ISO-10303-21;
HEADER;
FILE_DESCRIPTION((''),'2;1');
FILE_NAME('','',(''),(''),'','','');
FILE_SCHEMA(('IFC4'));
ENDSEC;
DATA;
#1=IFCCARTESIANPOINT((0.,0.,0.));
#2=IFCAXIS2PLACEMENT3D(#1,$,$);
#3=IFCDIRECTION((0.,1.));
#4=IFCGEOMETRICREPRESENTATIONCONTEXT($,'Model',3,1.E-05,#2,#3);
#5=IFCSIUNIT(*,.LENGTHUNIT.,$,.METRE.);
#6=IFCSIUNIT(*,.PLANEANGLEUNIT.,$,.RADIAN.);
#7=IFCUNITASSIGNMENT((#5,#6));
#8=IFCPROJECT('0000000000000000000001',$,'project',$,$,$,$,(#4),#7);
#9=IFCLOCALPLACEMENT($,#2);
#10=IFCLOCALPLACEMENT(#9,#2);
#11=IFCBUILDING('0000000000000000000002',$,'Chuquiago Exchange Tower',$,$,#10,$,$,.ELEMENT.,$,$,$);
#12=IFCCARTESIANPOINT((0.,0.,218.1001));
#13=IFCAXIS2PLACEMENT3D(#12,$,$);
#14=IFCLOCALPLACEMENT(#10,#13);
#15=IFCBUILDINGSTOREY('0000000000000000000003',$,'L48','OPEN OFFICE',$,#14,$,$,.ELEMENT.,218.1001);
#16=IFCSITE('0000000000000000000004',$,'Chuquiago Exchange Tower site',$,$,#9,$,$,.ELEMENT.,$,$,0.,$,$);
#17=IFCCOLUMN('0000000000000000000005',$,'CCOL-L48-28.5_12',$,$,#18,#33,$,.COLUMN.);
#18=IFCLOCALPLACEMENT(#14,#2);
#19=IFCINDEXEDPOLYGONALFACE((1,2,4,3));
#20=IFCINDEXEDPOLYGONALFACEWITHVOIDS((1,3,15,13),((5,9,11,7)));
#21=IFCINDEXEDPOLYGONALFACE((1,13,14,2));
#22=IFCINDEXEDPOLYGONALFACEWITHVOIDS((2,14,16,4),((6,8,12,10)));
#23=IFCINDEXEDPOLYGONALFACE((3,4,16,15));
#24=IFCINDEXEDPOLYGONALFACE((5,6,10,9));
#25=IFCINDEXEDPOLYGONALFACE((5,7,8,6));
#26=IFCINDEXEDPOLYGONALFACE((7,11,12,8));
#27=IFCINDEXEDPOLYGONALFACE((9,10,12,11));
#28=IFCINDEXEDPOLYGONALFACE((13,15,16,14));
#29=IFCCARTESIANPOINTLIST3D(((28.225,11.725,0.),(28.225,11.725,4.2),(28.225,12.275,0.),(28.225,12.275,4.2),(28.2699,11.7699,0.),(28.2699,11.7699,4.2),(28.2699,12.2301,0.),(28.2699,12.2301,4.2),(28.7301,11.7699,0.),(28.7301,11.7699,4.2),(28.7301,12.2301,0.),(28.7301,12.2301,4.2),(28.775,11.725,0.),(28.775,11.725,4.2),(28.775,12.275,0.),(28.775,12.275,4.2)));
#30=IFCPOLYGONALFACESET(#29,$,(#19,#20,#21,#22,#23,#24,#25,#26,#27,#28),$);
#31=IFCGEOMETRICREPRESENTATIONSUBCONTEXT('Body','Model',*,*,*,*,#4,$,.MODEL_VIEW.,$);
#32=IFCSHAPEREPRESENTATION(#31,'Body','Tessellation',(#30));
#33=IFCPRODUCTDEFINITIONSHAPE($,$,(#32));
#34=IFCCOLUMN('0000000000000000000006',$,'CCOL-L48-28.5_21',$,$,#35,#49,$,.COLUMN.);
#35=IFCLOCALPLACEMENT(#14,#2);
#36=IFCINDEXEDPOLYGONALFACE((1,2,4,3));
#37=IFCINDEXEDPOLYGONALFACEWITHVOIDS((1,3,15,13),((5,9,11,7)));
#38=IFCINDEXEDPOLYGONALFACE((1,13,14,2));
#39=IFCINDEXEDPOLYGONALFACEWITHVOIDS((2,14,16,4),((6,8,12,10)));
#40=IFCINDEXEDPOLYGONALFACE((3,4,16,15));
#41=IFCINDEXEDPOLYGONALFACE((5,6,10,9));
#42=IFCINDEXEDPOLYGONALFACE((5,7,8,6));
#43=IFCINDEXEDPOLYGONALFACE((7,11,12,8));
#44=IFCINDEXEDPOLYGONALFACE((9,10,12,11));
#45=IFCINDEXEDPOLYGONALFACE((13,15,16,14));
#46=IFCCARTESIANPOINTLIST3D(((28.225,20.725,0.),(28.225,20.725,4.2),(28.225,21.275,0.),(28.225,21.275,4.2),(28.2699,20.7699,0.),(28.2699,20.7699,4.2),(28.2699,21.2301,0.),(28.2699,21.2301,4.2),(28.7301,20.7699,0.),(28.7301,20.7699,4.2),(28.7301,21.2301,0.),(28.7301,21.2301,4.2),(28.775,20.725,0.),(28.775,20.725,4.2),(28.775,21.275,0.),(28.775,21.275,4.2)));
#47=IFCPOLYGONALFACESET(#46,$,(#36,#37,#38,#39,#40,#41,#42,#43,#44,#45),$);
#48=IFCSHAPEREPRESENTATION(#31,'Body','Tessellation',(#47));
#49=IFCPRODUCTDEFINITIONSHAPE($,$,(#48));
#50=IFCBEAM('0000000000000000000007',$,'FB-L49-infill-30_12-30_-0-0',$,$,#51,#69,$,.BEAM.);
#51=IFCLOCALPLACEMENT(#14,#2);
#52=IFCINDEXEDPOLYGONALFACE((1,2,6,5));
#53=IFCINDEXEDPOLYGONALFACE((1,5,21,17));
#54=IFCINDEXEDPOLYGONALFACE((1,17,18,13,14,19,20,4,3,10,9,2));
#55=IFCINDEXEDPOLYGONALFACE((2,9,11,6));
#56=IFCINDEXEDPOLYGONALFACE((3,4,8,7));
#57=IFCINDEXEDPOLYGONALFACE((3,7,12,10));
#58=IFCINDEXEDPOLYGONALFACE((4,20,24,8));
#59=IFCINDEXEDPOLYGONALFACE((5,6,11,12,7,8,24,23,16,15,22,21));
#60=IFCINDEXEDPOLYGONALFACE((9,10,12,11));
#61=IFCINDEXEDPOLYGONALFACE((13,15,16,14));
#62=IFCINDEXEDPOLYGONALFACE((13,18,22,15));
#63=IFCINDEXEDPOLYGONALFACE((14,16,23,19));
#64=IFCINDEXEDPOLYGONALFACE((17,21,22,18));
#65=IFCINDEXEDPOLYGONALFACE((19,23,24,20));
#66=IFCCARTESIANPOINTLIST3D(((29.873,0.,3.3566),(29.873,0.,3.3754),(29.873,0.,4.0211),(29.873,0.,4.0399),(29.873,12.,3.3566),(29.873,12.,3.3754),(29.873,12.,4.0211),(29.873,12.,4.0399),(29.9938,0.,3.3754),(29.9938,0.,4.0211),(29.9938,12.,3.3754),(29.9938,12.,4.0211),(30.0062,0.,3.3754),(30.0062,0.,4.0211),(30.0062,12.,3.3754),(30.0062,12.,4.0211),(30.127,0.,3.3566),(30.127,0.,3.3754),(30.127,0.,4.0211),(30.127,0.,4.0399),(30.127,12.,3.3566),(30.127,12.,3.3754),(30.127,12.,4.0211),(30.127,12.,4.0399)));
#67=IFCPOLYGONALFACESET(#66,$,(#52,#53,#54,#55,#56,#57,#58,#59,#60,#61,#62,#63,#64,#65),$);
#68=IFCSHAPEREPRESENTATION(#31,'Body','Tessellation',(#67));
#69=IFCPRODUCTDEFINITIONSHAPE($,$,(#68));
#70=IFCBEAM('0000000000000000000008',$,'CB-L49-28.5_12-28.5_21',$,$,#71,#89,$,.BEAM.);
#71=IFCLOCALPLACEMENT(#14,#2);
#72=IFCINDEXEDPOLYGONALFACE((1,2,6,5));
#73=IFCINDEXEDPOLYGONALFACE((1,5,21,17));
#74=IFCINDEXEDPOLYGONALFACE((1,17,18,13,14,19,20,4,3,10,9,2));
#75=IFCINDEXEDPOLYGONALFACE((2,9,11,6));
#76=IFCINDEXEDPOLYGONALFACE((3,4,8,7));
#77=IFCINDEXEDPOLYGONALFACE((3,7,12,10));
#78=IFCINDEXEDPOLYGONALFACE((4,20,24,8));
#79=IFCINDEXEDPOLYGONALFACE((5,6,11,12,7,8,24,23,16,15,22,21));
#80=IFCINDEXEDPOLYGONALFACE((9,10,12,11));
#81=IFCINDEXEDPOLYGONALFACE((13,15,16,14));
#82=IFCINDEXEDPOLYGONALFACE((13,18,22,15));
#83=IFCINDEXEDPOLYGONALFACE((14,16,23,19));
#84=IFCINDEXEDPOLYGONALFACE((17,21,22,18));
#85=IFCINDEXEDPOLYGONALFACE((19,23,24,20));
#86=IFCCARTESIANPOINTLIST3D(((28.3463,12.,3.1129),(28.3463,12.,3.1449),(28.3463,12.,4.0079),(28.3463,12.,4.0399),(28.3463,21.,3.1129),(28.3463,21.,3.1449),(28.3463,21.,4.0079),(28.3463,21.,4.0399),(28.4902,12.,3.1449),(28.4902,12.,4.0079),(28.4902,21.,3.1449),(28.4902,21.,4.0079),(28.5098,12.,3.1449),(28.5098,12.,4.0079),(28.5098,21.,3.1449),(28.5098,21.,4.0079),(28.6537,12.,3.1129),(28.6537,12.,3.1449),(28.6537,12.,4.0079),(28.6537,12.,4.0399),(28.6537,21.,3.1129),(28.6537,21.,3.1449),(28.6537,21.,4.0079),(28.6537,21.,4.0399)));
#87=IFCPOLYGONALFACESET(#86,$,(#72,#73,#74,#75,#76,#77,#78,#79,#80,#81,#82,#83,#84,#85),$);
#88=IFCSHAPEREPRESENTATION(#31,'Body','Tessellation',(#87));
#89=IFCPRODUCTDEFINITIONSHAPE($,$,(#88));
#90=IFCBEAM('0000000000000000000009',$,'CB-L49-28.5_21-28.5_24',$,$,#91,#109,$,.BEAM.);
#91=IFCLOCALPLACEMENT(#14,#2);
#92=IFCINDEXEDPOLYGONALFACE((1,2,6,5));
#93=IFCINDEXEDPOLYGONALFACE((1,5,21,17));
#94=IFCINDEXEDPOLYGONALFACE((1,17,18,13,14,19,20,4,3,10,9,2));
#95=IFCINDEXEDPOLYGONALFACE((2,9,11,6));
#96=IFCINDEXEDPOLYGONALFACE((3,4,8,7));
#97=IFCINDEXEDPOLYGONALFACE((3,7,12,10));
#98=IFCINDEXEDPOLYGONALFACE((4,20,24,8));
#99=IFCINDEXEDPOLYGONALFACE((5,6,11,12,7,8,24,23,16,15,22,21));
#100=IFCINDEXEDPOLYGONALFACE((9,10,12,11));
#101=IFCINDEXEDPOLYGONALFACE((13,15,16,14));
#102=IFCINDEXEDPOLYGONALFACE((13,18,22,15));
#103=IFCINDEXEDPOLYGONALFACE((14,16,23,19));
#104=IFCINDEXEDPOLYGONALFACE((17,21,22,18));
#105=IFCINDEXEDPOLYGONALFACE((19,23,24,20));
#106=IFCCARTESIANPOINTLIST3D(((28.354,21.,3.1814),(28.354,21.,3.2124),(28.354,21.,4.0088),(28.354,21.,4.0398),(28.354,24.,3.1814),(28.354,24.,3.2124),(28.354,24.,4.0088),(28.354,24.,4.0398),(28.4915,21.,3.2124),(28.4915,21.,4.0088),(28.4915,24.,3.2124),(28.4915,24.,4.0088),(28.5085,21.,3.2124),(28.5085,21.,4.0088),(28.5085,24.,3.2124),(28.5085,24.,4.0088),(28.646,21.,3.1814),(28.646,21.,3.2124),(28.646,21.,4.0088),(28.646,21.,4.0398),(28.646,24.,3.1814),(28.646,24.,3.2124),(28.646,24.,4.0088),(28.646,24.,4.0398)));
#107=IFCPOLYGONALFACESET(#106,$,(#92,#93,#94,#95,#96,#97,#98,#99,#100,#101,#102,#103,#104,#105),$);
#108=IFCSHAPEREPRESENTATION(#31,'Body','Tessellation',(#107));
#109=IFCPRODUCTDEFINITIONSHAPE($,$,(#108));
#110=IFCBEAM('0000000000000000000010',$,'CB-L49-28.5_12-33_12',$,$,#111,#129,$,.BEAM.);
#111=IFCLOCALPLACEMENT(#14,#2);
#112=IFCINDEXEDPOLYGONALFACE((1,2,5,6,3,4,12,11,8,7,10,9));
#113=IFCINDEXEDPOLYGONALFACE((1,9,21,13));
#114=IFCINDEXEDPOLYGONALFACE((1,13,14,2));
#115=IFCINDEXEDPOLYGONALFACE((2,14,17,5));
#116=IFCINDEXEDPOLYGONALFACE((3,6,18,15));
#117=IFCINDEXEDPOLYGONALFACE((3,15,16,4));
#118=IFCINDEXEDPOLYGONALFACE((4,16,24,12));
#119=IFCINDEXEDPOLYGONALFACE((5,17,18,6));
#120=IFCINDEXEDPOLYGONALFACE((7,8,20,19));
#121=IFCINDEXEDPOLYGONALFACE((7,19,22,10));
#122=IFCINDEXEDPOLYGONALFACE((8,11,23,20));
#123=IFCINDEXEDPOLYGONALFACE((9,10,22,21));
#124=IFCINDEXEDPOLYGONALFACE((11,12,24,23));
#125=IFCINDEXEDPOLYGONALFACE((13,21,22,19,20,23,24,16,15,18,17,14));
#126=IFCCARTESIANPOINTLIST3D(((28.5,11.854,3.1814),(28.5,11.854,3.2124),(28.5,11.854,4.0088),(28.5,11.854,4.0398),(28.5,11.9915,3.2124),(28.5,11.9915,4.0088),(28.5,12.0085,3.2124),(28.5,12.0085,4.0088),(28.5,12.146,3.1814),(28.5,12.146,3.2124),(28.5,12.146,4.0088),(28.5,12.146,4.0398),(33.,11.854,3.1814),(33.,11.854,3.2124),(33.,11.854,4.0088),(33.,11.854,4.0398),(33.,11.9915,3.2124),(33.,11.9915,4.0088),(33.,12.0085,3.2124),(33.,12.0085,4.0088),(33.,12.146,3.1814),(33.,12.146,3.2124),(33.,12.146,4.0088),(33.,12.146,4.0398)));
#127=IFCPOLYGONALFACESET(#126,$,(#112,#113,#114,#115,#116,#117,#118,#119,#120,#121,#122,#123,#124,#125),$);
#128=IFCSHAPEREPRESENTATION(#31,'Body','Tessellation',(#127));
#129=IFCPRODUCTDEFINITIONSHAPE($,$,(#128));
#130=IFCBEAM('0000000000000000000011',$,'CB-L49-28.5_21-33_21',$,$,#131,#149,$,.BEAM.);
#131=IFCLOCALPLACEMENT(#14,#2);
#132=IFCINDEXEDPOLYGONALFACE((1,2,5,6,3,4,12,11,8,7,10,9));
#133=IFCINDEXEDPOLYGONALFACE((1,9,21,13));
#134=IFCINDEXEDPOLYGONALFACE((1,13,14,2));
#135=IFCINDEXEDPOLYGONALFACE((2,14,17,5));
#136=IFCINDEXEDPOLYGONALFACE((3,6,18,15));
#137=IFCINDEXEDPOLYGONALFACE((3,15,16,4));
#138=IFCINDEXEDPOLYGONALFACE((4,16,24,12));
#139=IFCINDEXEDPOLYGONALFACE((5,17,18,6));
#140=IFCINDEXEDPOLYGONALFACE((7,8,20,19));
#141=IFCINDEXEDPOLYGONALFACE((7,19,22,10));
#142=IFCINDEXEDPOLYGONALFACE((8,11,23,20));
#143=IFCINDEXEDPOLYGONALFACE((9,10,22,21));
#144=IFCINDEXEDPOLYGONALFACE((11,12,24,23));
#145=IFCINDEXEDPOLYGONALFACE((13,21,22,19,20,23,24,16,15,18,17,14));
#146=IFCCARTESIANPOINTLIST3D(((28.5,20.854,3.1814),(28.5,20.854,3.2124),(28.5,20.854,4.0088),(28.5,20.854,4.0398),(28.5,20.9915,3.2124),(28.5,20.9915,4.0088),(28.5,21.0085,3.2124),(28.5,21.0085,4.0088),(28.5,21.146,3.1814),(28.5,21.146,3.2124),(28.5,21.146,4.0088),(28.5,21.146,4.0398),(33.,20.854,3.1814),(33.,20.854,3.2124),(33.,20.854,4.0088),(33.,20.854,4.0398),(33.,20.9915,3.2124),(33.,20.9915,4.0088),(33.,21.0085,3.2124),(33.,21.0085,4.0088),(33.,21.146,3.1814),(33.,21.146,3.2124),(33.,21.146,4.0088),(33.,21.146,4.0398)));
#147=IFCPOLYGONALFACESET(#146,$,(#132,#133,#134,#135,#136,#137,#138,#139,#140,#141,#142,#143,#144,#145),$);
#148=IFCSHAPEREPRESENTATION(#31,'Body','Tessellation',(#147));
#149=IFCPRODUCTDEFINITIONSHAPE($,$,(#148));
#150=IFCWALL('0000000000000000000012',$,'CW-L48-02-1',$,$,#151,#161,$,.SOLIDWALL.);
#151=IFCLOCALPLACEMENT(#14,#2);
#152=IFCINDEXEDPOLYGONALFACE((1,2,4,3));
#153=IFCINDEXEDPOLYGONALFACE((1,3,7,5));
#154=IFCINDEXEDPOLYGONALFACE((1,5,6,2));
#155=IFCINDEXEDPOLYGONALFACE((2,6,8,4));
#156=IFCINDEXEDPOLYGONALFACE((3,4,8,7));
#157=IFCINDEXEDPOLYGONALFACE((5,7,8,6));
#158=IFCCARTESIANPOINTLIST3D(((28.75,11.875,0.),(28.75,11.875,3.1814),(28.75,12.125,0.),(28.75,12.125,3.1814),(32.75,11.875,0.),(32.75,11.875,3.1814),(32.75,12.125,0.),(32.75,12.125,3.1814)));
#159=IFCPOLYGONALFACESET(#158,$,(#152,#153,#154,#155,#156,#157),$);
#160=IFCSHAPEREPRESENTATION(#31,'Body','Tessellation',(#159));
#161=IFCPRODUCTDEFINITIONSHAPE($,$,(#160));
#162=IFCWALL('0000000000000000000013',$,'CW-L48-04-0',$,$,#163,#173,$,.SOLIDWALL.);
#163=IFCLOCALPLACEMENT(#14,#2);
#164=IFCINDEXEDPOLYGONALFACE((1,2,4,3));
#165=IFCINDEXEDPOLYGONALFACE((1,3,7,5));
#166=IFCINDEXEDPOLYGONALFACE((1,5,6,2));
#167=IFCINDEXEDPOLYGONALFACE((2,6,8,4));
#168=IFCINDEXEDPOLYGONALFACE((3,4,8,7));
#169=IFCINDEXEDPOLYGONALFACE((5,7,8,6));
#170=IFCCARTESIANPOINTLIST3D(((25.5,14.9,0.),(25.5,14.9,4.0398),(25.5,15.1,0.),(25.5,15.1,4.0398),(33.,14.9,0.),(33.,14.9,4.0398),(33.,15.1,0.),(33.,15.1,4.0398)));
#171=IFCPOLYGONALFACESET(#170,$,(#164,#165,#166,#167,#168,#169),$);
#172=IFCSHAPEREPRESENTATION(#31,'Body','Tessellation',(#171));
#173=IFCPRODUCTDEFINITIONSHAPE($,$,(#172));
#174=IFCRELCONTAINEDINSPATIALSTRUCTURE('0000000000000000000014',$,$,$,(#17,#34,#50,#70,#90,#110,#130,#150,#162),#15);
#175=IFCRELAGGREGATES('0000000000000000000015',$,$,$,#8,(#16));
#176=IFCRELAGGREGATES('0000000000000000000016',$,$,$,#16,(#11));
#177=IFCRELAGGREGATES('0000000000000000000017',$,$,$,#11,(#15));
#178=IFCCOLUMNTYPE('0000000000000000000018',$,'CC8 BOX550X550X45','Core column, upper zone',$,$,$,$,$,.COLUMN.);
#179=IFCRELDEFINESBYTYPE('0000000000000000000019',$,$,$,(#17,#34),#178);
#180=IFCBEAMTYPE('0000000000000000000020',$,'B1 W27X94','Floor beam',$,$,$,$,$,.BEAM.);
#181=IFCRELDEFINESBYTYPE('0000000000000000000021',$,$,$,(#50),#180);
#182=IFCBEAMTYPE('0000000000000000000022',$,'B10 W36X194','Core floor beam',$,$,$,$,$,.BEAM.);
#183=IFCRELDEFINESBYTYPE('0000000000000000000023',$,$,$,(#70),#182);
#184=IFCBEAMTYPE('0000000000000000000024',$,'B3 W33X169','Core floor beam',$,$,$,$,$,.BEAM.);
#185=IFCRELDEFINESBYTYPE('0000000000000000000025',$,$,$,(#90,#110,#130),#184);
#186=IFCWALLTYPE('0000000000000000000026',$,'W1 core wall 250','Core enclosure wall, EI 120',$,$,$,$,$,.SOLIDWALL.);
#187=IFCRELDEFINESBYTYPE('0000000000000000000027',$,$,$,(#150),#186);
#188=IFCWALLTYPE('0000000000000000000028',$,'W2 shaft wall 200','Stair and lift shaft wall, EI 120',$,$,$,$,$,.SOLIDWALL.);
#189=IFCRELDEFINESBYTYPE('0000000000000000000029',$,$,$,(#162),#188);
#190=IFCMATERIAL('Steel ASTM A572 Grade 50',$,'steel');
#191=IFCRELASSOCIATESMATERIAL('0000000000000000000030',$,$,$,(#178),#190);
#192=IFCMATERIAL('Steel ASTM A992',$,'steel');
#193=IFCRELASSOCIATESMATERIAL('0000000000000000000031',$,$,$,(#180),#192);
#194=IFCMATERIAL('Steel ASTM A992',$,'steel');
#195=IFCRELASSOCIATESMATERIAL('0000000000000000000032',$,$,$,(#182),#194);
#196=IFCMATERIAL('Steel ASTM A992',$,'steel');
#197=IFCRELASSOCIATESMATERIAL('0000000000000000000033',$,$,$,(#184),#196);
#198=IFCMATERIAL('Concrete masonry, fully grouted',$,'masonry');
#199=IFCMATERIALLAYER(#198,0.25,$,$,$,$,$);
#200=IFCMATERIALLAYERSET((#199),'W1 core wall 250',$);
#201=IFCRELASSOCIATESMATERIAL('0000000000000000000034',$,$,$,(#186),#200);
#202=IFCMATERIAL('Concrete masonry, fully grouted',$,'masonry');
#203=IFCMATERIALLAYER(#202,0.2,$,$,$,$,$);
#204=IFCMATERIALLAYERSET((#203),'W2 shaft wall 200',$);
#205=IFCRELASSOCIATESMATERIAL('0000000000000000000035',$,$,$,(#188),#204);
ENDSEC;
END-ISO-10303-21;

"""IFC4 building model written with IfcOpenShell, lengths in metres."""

from ifc_helpers import new_model, si_unit, direction, frame, frame_2d, origin, origin_2d, place, context, subcontext, project, spatial, rectangle, hollow_rectangle, i_section, extrude, material, layer, layer_set, material_profile, profile_set, type_object, element, save


model = new_model("IFC4")

# Units and contexts
model_context = context("Model", 3, precision=1e-05, world=origin(), true_north=direction((0.0, 1.0)))
body_context = subcontext(model_context, "Body", "Model", "MODEL_VIEW")
ifc_project = project(units=[si_unit("LENGTHUNIT", "METRE"), si_unit("PLANEANGLEUNIT", "RADIAN")], contexts=[model_context])

# Site, building, storey
site_placement = place(None, origin())
site = spatial("IfcSite", under=ifc_project, at=site_placement, Name="Chuquiago Exchange Tower site", CompositionType="ELEMENT", RefElevation=0.0)
building_placement = place(site_placement, origin())
building = spatial("IfcBuilding", under=site, at=building_placement, Name="Chuquiago Exchange Tower", CompositionType="ELEMENT")
storey_placement = place(building_placement, frame((0.0, 0.0, 218.1001)))
storey = spatial("IfcBuildingStorey", under=building, at=storey_placement, Name="L48", Description="OPEN OFFICE", CompositionType="ELEMENT", Elevation=218.1001)

# Columns
ifc_material_1 = material(Name="Steel ASTM A572 Grade 50", Category="steel")
ifc_material_profile_1 = material_profile(ifc_material_1, hollow_rectangle(XDim=0.55, YDim=0.55, WallThickness=0.0449, at=origin_2d()), Name="BOX550X550X45")
ifc_profile_set_1 = profile_set([ifc_material_profile_1], Name="Steel ASTM A572 Grade 50")
column_type = type_object("IfcColumnType", Name="CC8 BOX550X550X45", Description="Core column, upper zone", PredefinedType="COLUMN", material=ifc_profile_set_1)
for number, where, z_axis, x_axis, name in (
    (1, (28.5, 12.0, 0.0), (0.0, 0.0, 1.0), (1.0, 0.0, 0.0), "CCOL-L48-28.5_12"),
    (2, (28.5, 21.0, 0.0), (0.0, 0.0, 1.0), (1.0, 0.0, 0.0), "CCOL-L48-28.5_21"),
):
    element("IfcColumn", number, at=place(storey_placement, frame(where, z_axis=z_axis, x_axis=x_axis)), inside=storey, type_object=column_type, Name=name, PredefinedType="COLUMN", context=body_context, shape_type="SweptSolid", body=[
        extrude(hollow_rectangle(XDim=0.55, YDim=0.55, WallThickness=0.0449, at=origin_2d()), origin(), (0.0, 0.0, 1.0), 4.2),
    ])

# Beams
ifc_material_2 = material(Name="Steel ASTM A992", Category="steel")
ifc_material_profile_2 = material_profile(ifc_material_2, i_section(OverallWidth=0.2539, OverallDepth=0.6833, WebThickness=0.0125, FlangeThickness=0.0188, at=origin_2d()), Name="W27X94")
ifc_profile_set_2 = profile_set([ifc_material_profile_2], Name="Steel ASTM A992")
beam_type_1 = type_object("IfcBeamType", Name="B1 W27X94", Description="Floor beam", PredefinedType="BEAM", material=ifc_profile_set_2)
beam_1_placement = place(storey_placement, frame((30.0, 12.0, 3.6982), z_axis=(0.0, -1.0, 0.0), x_axis=(1.0, 0.0, 0.0)))
element("IfcBeam", 3, at=beam_1_placement, inside=storey, type_object=beam_type_1, Name="FB-L49-infill-30_12-30_-0-0", PredefinedType="BEAM", context=body_context, shape_type="SweptSolid", body=[
    extrude(i_section(OverallWidth=0.2539, OverallDepth=0.6833, WebThickness=0.0125, FlangeThickness=0.0188, at=origin_2d()), origin(), (0.0, 0.0, 1.0), 12.0),
])
ifc_material_3 = material(Name="Steel ASTM A992", Category="steel")
ifc_material_profile_3 = material_profile(ifc_material_3, i_section(OverallWidth=0.3074, OverallDepth=0.927, WebThickness=0.0195, FlangeThickness=0.032, at=origin_2d()), Name="W36X194")
ifc_profile_set_3 = profile_set([ifc_material_profile_3], Name="Steel ASTM A992")
beam_type_2 = type_object("IfcBeamType", Name="B10 W36X194", Description="Core floor beam", PredefinedType="BEAM", material=ifc_profile_set_3)
beam_2_placement = place(storey_placement, frame((28.5, 12.0, 3.5764), z_axis=(0.0, 1.0, 0.0), x_axis=(-1.0, 0.0, 0.0)))
element("IfcBeam", 4, at=beam_2_placement, inside=storey, type_object=beam_type_2, Name="CB-L49-28.5_12-28.5_21", PredefinedType="BEAM", context=body_context, shape_type="SweptSolid", body=[
    extrude(i_section(OverallWidth=0.3074, OverallDepth=0.927, WebThickness=0.0195, FlangeThickness=0.032, at=origin_2d()), origin(), (0.0, 0.0, 1.0), 9.0),
])
ifc_material_4 = material(Name="Steel ASTM A992", Category="steel")
ifc_material_profile_4 = material_profile(ifc_material_4, i_section(OverallWidth=0.292, OverallDepth=0.8584, WebThickness=0.0171, FlangeThickness=0.031, at=origin_2d()), Name="W33X169")
ifc_profile_set_4 = profile_set([ifc_material_profile_4], Name="Steel ASTM A992")
beam_type_3 = type_object("IfcBeamType", Name="B3 W33X169", Description="Core floor beam", PredefinedType="BEAM", material=ifc_profile_set_4)
beam_3_placement = place(storey_placement, frame((28.5, 21.0, 3.6106), z_axis=(0.0, 1.0, 0.0), x_axis=(-1.0, 0.0, 0.0)))
element("IfcBeam", 5, at=beam_3_placement, inside=storey, type_object=beam_type_3, Name="CB-L49-28.5_21-28.5_24", PredefinedType="BEAM", context=body_context, shape_type="SweptSolid", body=[
    extrude(i_section(OverallWidth=0.292, OverallDepth=0.8584, WebThickness=0.0171, FlangeThickness=0.031, at=origin_2d()), origin(), (0.0, 0.0, 1.0), 3.0),
])
for number, where, z_axis, x_axis, name in (
    (6, (28.5, 12.0, 3.6106), (1.0, 0.0, 0.0), (0.0, 1.0, 0.0), "CB-L49-28.5_12-33_12"),
    (7, (28.5, 21.0, 3.6106), (1.0, 0.0, 0.0), (0.0, 1.0, 0.0), "CB-L49-28.5_21-33_21"),
):
    element("IfcBeam", number, at=place(storey_placement, frame(where, z_axis=z_axis, x_axis=x_axis)), inside=storey, type_object=beam_type_3, Name=name, PredefinedType="BEAM", context=body_context, shape_type="SweptSolid", body=[
        extrude(i_section(OverallWidth=0.292, OverallDepth=0.8584, WebThickness=0.0171, FlangeThickness=0.031, at=origin_2d()), origin(), (0.0, 0.0, 1.0), 4.5),
    ])

# Walls
ifc_material_5 = material(Name="Concrete masonry, fully grouted", Category="masonry")
ifc_layer_1 = layer(ifc_material_5, 0.25)
ifc_layer_set_1 = layer_set([ifc_layer_1], Name="W1 core wall 250")
wall_type_1 = type_object("IfcWallType", Name="W1 core wall 250", Description="Core enclosure wall, EI 120", PredefinedType="SOLIDWALL", material=ifc_layer_set_1)
wall_1_placement = place(storey_placement, frame((28.75, 12.0, 0.0), z_axis=(0.0, 0.0, 1.0), x_axis=(1.0, 0.0, 0.0)))
element("IfcWall", 8, at=wall_1_placement, inside=storey, type_object=wall_type_1, Name="CW-L48-02-1", PredefinedType="SOLIDWALL", context=body_context, shape_type="SweptSolid", body=[
    extrude(rectangle(XDim=4.0, YDim=0.25, at=frame_2d((2.0, 0.0))), origin(), (0.0, 0.0, 1.0), 3.1814),
])
ifc_material_6 = material(Name="Concrete masonry, fully grouted", Category="masonry")
ifc_layer_2 = layer(ifc_material_6, 0.2)
ifc_layer_set_2 = layer_set([ifc_layer_2], Name="W2 shaft wall 200")
wall_type_2 = type_object("IfcWallType", Name="W2 shaft wall 200", Description="Stair and lift shaft wall, EI 120", PredefinedType="SOLIDWALL", material=ifc_layer_set_2)
wall_2_placement = place(storey_placement, frame((25.5, 15.0, 0.0), z_axis=(0.0, 0.0, 1.0), x_axis=(1.0, 0.0, 0.0)))
element("IfcWall", 9, at=wall_2_placement, inside=storey, type_object=wall_type_2, Name="CW-L48-04-0", PredefinedType="SOLIDWALL", context=body_context, shape_type="SweptSolid", body=[
    extrude(rectangle(XDim=7.5, YDim=0.2, at=frame_2d((3.75, 0.0))), origin(), (0.0, 0.0, 1.0), 4.0398),
])

save(model, "model.ifc")
